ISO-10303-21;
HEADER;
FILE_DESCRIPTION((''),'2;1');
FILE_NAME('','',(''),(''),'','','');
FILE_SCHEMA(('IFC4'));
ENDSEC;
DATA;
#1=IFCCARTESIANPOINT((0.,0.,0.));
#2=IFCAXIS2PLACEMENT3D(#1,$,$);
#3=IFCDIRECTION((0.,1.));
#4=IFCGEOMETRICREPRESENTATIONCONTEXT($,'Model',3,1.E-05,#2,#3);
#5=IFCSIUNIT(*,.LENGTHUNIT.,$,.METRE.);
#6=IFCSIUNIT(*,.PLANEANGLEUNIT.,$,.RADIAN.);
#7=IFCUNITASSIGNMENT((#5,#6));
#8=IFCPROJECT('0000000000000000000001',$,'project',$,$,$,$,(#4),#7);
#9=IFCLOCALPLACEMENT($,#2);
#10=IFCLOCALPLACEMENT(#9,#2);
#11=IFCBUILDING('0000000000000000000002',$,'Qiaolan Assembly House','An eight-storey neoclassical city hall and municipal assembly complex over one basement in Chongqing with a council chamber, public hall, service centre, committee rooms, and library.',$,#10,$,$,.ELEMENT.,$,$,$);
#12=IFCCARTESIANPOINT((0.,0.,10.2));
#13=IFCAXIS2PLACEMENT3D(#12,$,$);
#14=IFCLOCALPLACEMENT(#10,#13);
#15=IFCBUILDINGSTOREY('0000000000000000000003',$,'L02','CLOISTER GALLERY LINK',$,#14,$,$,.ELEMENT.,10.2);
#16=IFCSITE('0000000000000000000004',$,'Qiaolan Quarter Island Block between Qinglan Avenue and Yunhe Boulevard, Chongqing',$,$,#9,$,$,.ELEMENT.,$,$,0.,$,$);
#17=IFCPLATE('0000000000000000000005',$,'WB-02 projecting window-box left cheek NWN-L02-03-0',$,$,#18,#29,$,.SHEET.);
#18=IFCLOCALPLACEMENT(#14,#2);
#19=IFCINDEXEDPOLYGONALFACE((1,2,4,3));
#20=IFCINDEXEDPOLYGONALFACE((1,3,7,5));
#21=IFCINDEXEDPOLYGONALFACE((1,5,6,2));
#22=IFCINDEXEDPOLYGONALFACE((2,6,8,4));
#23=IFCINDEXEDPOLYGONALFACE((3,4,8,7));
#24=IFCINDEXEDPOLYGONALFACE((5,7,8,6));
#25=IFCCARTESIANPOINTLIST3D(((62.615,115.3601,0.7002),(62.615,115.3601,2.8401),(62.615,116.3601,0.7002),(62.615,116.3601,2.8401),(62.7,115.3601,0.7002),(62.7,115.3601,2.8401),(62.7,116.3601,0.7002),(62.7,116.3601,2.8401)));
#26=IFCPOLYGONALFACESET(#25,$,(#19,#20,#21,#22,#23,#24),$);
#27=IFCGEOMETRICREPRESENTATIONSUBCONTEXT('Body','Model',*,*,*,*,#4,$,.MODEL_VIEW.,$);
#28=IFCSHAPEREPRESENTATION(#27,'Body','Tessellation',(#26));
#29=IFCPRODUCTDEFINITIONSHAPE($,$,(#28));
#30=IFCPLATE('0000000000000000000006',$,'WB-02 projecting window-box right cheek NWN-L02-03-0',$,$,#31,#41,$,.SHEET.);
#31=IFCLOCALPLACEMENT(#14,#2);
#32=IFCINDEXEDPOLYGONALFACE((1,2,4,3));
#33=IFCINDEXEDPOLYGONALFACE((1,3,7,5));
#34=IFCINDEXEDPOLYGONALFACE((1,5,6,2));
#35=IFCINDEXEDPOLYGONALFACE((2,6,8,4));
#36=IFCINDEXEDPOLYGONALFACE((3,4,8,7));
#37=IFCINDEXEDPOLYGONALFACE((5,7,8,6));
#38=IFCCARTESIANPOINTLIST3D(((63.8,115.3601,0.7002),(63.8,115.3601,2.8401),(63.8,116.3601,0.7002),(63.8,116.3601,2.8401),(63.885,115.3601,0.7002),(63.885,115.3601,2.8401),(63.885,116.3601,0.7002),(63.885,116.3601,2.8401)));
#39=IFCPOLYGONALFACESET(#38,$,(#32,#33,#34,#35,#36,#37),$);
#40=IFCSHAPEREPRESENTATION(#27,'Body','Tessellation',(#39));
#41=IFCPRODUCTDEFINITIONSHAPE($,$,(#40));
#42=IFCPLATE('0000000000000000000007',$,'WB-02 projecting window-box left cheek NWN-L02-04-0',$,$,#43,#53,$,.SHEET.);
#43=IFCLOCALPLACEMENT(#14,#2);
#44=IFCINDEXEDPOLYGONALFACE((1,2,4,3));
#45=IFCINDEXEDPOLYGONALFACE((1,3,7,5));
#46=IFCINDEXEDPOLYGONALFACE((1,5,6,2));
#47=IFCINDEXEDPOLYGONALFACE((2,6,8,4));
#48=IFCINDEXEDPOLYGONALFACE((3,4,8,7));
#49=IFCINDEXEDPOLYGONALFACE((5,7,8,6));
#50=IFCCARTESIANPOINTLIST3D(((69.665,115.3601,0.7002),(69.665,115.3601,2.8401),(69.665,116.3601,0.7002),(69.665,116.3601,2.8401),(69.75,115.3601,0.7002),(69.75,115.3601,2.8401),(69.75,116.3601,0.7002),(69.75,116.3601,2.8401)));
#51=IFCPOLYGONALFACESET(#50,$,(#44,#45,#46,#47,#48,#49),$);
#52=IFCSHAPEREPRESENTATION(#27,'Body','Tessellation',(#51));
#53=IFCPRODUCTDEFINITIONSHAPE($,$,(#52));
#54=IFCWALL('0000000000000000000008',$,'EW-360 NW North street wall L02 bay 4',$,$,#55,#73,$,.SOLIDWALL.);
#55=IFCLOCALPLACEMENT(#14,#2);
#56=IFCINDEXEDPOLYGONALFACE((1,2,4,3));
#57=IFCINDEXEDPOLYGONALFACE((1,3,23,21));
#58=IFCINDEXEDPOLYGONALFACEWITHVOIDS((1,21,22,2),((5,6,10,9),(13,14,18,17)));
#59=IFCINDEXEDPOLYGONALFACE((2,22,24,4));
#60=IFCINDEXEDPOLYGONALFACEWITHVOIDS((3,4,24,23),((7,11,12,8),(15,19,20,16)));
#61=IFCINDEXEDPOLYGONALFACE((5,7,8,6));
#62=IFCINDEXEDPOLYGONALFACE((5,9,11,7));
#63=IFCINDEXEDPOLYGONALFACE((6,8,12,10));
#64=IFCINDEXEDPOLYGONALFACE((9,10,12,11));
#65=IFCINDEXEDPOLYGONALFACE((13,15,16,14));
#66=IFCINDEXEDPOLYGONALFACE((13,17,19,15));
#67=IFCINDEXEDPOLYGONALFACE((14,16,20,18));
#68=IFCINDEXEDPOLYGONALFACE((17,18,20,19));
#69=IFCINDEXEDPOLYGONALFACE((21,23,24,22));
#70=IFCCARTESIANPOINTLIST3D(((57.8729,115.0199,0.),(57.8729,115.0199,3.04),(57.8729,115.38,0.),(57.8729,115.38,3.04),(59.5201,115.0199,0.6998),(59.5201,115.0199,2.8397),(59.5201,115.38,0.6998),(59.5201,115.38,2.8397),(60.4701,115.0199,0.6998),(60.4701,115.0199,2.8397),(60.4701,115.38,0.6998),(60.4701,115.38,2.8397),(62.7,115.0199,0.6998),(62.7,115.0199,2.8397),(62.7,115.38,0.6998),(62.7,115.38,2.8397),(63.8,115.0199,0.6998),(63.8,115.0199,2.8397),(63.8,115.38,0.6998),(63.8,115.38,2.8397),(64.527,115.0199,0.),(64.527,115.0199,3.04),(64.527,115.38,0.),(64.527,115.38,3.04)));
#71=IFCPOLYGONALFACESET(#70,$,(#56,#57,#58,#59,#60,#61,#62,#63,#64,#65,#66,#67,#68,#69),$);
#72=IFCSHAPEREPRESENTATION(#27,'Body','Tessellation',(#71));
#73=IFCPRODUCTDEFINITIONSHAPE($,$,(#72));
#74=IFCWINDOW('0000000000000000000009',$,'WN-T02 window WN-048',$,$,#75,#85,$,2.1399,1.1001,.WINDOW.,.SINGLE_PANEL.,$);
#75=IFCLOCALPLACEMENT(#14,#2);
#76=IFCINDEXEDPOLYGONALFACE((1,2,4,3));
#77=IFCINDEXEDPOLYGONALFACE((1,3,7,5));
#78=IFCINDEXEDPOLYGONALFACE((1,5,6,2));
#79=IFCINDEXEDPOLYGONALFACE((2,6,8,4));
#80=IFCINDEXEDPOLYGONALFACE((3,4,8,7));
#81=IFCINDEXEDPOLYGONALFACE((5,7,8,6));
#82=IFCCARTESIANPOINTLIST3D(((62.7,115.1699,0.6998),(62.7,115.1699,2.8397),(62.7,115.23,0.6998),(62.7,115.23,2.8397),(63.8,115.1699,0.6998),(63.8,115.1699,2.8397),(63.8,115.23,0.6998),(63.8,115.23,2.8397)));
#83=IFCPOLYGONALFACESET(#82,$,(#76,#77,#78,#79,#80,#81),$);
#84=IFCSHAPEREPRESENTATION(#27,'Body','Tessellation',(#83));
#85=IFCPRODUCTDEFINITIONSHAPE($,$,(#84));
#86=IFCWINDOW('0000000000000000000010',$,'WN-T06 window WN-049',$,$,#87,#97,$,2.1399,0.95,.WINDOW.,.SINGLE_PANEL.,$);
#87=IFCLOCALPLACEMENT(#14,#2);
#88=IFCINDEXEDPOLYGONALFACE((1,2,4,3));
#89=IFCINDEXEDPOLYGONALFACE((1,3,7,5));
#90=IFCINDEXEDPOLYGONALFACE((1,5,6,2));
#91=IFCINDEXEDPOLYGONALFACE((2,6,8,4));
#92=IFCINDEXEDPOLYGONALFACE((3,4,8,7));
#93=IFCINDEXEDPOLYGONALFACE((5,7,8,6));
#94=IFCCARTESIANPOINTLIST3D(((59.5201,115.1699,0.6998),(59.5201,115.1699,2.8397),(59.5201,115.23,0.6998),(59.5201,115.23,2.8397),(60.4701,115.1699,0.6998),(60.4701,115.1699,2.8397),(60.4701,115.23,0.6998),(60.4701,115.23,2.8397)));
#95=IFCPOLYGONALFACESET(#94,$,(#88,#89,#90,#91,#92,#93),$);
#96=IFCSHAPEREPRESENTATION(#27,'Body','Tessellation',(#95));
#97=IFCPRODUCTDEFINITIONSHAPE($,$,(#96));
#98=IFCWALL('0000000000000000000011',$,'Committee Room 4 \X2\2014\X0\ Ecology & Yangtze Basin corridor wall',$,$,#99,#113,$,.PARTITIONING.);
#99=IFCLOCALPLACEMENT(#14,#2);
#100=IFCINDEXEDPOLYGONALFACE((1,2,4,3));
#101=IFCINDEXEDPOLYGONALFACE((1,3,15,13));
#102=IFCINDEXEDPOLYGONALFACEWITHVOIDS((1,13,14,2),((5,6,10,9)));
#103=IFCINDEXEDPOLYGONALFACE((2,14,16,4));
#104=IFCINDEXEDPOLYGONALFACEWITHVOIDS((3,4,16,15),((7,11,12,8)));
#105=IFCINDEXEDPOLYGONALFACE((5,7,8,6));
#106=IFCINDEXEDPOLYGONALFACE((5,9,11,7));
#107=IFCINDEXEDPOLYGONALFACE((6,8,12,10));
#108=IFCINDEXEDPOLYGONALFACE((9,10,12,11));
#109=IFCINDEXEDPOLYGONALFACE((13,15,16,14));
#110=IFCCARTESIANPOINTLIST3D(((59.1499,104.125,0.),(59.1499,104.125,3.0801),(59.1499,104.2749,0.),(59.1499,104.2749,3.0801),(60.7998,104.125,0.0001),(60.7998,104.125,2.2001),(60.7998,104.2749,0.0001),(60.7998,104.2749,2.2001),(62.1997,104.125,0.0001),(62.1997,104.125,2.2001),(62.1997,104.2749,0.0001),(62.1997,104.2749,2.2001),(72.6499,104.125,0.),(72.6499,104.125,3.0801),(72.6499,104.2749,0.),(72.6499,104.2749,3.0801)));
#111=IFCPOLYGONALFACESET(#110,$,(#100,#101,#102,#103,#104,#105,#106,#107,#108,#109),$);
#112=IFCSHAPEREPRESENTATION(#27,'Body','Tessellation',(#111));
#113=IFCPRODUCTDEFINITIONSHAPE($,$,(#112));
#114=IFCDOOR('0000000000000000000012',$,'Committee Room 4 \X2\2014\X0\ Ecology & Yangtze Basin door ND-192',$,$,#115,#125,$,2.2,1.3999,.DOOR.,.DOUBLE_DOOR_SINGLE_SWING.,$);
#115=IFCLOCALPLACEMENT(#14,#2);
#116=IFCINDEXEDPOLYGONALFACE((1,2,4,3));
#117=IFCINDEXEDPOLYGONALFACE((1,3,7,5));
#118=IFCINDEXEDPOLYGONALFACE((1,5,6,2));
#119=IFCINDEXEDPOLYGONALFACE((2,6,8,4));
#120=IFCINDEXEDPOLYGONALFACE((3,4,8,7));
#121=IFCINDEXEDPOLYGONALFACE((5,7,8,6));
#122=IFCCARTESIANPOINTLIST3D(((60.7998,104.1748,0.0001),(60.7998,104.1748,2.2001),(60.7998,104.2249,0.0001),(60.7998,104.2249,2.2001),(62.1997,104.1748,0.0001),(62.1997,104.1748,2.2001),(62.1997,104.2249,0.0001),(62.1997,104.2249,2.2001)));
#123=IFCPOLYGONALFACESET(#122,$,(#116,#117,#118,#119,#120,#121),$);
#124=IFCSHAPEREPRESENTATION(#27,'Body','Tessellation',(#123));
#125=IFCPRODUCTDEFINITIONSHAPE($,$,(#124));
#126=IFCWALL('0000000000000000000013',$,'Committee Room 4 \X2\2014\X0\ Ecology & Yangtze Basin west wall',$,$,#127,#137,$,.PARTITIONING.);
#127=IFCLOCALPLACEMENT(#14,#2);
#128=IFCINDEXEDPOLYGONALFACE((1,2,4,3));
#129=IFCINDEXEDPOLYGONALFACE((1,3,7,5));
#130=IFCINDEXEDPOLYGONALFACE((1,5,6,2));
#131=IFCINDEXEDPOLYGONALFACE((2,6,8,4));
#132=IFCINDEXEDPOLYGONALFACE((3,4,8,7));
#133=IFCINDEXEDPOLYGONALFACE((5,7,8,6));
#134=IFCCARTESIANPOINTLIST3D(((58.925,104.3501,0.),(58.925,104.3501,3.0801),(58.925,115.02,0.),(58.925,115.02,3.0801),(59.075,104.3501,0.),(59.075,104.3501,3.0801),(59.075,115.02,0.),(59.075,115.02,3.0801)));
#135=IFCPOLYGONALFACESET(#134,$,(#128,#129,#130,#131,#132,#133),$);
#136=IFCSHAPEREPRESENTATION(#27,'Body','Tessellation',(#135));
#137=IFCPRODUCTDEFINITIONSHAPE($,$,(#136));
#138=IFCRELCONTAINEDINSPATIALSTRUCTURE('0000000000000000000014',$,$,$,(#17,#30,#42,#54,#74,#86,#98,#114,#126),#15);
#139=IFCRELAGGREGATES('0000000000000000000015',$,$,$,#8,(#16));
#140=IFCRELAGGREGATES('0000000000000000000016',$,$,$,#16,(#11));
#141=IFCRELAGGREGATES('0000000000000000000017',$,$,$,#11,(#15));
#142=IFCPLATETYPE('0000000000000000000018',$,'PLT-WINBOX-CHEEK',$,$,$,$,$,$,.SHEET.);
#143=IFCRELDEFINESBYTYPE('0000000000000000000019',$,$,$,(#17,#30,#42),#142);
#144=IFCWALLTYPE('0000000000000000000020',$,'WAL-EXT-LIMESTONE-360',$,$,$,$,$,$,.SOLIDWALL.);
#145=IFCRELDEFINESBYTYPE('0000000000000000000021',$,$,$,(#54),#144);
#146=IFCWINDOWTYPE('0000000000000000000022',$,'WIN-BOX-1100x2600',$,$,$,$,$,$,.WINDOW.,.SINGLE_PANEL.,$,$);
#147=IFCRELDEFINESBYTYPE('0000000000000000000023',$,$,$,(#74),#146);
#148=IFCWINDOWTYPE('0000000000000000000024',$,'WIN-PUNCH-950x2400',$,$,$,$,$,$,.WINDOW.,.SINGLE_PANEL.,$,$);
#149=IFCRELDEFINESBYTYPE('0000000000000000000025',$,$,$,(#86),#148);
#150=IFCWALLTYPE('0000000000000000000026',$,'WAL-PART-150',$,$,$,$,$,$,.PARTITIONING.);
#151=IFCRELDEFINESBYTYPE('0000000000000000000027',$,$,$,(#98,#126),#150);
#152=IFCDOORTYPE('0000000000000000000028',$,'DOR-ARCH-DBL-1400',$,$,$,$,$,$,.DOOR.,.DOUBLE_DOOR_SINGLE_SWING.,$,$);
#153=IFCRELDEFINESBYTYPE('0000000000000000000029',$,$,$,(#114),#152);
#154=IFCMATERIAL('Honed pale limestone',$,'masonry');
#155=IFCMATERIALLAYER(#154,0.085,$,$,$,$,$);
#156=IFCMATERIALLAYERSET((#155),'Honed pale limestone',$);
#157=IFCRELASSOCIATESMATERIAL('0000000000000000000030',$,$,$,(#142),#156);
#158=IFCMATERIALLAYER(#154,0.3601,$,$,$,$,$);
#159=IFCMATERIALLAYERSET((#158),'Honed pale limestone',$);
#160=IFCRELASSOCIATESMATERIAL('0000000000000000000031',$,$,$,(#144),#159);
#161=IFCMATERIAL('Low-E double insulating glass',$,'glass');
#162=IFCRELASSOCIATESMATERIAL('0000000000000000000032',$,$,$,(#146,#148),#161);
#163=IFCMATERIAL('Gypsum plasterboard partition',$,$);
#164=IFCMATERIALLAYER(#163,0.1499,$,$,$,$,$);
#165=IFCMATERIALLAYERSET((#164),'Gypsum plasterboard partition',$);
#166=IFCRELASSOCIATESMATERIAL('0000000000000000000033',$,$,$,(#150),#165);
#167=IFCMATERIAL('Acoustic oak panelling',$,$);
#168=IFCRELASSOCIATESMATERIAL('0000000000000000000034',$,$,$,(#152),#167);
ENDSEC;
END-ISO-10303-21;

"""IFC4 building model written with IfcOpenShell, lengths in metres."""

from ifc_helpers import new_model, si_unit, direction, frame, frame_2d, origin, origin_2d, place, context, subcontext, project, spatial, rectangle, extrude, material, layer, layer_set, type_object, element, fill, save


model = new_model("IFC4")

# Units and contexts
model_context = context("Model", 3, precision=1e-05, world=origin(), true_north=direction((0.0, 1.0)))
body_context = subcontext(model_context, "Body", "Model", "MODEL_VIEW")
ifc_project = project(units=[si_unit("LENGTHUNIT", "METRE"), si_unit("PLANEANGLEUNIT", "RADIAN")], contexts=[model_context])

# Site, building, storey
site_placement = place(None, origin())
site = spatial("IfcSite", under=ifc_project, at=site_placement, Name="Qiaolan Quarter Island Block between Qinglan Avenue and Yunhe Boulevard, Chongqing", CompositionType="ELEMENT", RefElevation=0.0)
building_placement = place(site_placement, origin())
building = spatial("IfcBuilding", under=site, at=building_placement, Name="Qiaolan Assembly House", Description="An eight-storey neoclassical city hall and municipal assembly complex over one basement in Chongqing with a council chamber, public hall, service centre, committee rooms, and library.", CompositionType="ELEMENT")
storey_placement = place(building_placement, frame((0.0, 0.0, 10.2)))
storey = spatial("IfcBuildingStorey", under=building, at=storey_placement, Name="L02", Description="CLOISTER GALLERY LINK", CompositionType="ELEMENT", Elevation=10.2)

# Plates
ifc_material_1 = material(Name="Honed pale limestone", Category="masonry")
ifc_layer_1 = layer(ifc_material_1, 0.085)
ifc_layer_set_1 = layer_set([ifc_layer_1], Name="Honed pale limestone")
plate_type = type_object("IfcPlateType", Name="PLT-WINBOX-CHEEK", PredefinedType="SHEET", material=ifc_layer_set_1)
for number, where, z_axis, x_axis, name in (
    (1, (62.6575, 115.8601, 0.7002), (0.0, 0.0, 1.0), (1.0, 0.0, 0.0), "WB-02 projecting window-box left cheek NWN-L02-03-0"),
    (2, (63.8425, 115.8601, 0.7002), (0.0, 0.0, 1.0), (1.0, 0.0, 0.0), "WB-02 projecting window-box right cheek NWN-L02-03-0"),
    (3, (69.7075, 115.8601, 0.7002), (0.0, 0.0, 1.0), (1.0, 0.0, 0.0), "WB-02 projecting window-box left cheek NWN-L02-04-0"),
):
    element("IfcPlate", number, at=place(storey_placement, frame(where, z_axis=z_axis, x_axis=x_axis)), inside=storey, type_object=plate_type, Name=name, PredefinedType="SHEET", context=body_context, shape_type="SweptSolid", body=[
        extrude(rectangle(XDim=0.085, YDim=1.0, at=origin_2d()), origin(), (0.0, 0.0, 1.0), 2.1399),
    ])

# Wall, openings, windows
ifc_layer_2 = layer(ifc_material_1, 0.3601)
ifc_layer_set_2 = layer_set([ifc_layer_2], Name="Honed pale limestone")
wall_type_1 = type_object("IfcWallType", Name="WAL-EXT-LIMESTONE-360", PredefinedType="SOLIDWALL", material=ifc_layer_set_2)
wall_1_placement = place(storey_placement, frame((64.5271, 115.2, 0.0), z_axis=(0.0, 0.0, 1.0), x_axis=(-1.0, 0.0, 0.0)))
wall_1 = element("IfcWall", 4, at=wall_1_placement, inside=storey, type_object=wall_type_1, Name="EW-360 NW North street wall L02 bay 4", PredefinedType="SOLIDWALL", context=body_context, shape_type="SweptSolid", body=[
    extrude(rectangle(XDim=6.6541, YDim=0.3601, at=frame_2d((3.3271, 0.0))), origin(), (0.0, 0.0, 1.0), 3.04),
])
opening_1_placement = place(wall_1_placement, frame((0.7271, 0.0, 0.7)))
opening_1 = element("IfcOpeningElement", 5, at=opening_1_placement, cuts=wall_1, PredefinedType="OPENING", context=body_context, shape_type="SweptSolid", body=[
    extrude(rectangle(XDim=1.1001, YDim=2.1399, at=frame_2d((0.55, 1.0698))), frame((0.0, 0.1899, 0.0), z_axis=(0.0, -1.0, 0.0), x_axis=(1.0, 0.0, 0.0)), (0.0, 0.0, 1.0), 0.3801),
])
opening_2_placement = place(wall_1_placement, frame((4.0569, 0.0, 0.7)))
opening_2 = element("IfcOpeningElement", 6, at=opening_2_placement, cuts=wall_1, PredefinedType="OPENING", context=body_context, shape_type="SweptSolid", body=[
    extrude(rectangle(XDim=0.95, YDim=2.1399, at=frame_2d((0.4751, 1.0698))), frame((0.0, 0.1899, 0.0), z_axis=(0.0, -1.0, 0.0), x_axis=(1.0, 0.0, 0.0)), (0.0, 0.0, 1.0), 0.3801),
])
ifc_material_2 = material(Name="Low-E double insulating glass", Category="glass")
window_type_1 = type_object("IfcWindowType", Name="WIN-BOX-1100x2600", PartitioningType="SINGLE_PANEL", PredefinedType="WINDOW", material=ifc_material_2)
window_1_placement = place(opening_1_placement, origin())
window_1 = element("IfcWindow", 7, at=window_1_placement, inside=storey, type_object=window_type_1, Name="WN-T02 window WN-048", OverallHeight=2.1399, OverallWidth=1.1001, PartitioningType="SINGLE_PANEL", PredefinedType="WINDOW", context=body_context, shape_type="SweptSolid", body=[
    extrude(rectangle(XDim=1.1001, YDim=2.1399, at=frame_2d((0.55, 1.0698))), frame((0.0, 0.03, 0.0), z_axis=(0.0, -1.0, 0.0), x_axis=(1.0, 0.0, 0.0)), (0.0, 0.0, 1.0), 0.0601),
])
fill(opening_1, window_1)
window_type_2 = type_object("IfcWindowType", Name="WIN-PUNCH-950x2400", PartitioningType="SINGLE_PANEL", PredefinedType="WINDOW", material=ifc_material_2)
window_2_placement = place(opening_2_placement, origin())
window_2 = element("IfcWindow", 8, at=window_2_placement, inside=storey, type_object=window_type_2, Name="WN-T06 window WN-049", OverallHeight=2.1399, OverallWidth=0.95, PartitioningType="SINGLE_PANEL", PredefinedType="WINDOW", context=body_context, shape_type="SweptSolid", body=[
    extrude(rectangle(XDim=0.95, YDim=2.1399, at=frame_2d((0.4751, 1.0698))), frame((0.0, 0.03, 0.0), z_axis=(0.0, -1.0, 0.0), x_axis=(1.0, 0.0, 0.0)), (0.0, 0.0, 1.0), 0.0601),
])
fill(opening_2, window_2)

# Wall, opening, door
ifc_material_3 = material(Name="Gypsum plasterboard partition")
ifc_layer_3 = layer(ifc_material_3, 0.1499)
ifc_layer_set_3 = layer_set([ifc_layer_3], Name="Gypsum plasterboard partition")
wall_type_2 = type_object("IfcWallType", Name="WAL-PART-150", PredefinedType="PARTITIONING", material=ifc_layer_set_3)
wall_2_placement = place(storey_placement, frame((59.1499, 104.2, 0.0), z_axis=(0.0, 0.0, 1.0), x_axis=(1.0, 0.0, 0.0)))
wall_2 = element("IfcWall", 9, at=wall_2_placement, inside=storey, type_object=wall_type_2, Name="Committee Room 4 — Ecology & Yangtze Basin corridor wall", PredefinedType="PARTITIONING", context=body_context, shape_type="SweptSolid", body=[
    extrude(rectangle(XDim=13.5, YDim=0.1499, at=frame_2d((6.75, 0.0))), origin(), (0.0, 0.0, 1.0), 3.0801),
])
opening_3_placement = place(wall_2_placement, frame((1.6499, 0.0, 0.0)))
opening_3 = element("IfcOpeningElement", 10, at=opening_3_placement, cuts=wall_2, PredefinedType="OPENING", context=body_context, shape_type="SweptSolid", body=[
    extrude(rectangle(XDim=1.3999, YDim=2.2, at=frame_2d((0.7, 1.1001))), frame((0.0, 0.085, 0.0), z_axis=(0.0, -1.0, 0.0), x_axis=(1.0, 0.0, 0.0)), (0.0, 0.0, 1.0), 0.1699),
])
ifc_material_4 = material(Name="Acoustic oak panelling")
door_type = type_object("IfcDoorType", Name="DOR-ARCH-DBL-1400", OperationType="DOUBLE_DOOR_SINGLE_SWING", PredefinedType="DOOR", material=ifc_material_4)
door_placement = place(opening_3_placement, origin())
door = element("IfcDoor", 11, at=door_placement, inside=storey, type_object=door_type, Name="Committee Room 4 — Ecology & Yangtze Basin door ND-192", OperationType="DOUBLE_DOOR_SINGLE_SWING", OverallHeight=2.2, OverallWidth=1.3999, PredefinedType="DOOR", context=body_context, shape_type="SweptSolid", body=[
    extrude(rectangle(XDim=1.3999, YDim=2.2, at=frame_2d((0.7, 1.1001))), frame((0.0, 0.0249, 0.0), z_axis=(0.0, -1.0, 0.0), x_axis=(1.0, 0.0, 0.0)), (0.0, 0.0, 1.0), 0.05),
])
fill(opening_3, door)

# Wall
wall_3_placement = place(storey_placement, frame((59.0, 104.3501, 0.0), z_axis=(0.0, 0.0, 1.0), x_axis=(0.0, 1.0, 0.0)))
element("IfcWall", 12, at=wall_3_placement, inside=storey, type_object=wall_type_2, Name="Committee Room 4 — Ecology & Yangtze Basin west wall", PredefinedType="PARTITIONING", context=body_context, shape_type="SweptSolid", body=[
    extrude(rectangle(XDim=10.6699, YDim=0.1499, at=frame_2d((5.335, 0.0))), origin(), (0.0, 0.0, 1.0), 3.0801),
])

save(model, "model.ifc")
